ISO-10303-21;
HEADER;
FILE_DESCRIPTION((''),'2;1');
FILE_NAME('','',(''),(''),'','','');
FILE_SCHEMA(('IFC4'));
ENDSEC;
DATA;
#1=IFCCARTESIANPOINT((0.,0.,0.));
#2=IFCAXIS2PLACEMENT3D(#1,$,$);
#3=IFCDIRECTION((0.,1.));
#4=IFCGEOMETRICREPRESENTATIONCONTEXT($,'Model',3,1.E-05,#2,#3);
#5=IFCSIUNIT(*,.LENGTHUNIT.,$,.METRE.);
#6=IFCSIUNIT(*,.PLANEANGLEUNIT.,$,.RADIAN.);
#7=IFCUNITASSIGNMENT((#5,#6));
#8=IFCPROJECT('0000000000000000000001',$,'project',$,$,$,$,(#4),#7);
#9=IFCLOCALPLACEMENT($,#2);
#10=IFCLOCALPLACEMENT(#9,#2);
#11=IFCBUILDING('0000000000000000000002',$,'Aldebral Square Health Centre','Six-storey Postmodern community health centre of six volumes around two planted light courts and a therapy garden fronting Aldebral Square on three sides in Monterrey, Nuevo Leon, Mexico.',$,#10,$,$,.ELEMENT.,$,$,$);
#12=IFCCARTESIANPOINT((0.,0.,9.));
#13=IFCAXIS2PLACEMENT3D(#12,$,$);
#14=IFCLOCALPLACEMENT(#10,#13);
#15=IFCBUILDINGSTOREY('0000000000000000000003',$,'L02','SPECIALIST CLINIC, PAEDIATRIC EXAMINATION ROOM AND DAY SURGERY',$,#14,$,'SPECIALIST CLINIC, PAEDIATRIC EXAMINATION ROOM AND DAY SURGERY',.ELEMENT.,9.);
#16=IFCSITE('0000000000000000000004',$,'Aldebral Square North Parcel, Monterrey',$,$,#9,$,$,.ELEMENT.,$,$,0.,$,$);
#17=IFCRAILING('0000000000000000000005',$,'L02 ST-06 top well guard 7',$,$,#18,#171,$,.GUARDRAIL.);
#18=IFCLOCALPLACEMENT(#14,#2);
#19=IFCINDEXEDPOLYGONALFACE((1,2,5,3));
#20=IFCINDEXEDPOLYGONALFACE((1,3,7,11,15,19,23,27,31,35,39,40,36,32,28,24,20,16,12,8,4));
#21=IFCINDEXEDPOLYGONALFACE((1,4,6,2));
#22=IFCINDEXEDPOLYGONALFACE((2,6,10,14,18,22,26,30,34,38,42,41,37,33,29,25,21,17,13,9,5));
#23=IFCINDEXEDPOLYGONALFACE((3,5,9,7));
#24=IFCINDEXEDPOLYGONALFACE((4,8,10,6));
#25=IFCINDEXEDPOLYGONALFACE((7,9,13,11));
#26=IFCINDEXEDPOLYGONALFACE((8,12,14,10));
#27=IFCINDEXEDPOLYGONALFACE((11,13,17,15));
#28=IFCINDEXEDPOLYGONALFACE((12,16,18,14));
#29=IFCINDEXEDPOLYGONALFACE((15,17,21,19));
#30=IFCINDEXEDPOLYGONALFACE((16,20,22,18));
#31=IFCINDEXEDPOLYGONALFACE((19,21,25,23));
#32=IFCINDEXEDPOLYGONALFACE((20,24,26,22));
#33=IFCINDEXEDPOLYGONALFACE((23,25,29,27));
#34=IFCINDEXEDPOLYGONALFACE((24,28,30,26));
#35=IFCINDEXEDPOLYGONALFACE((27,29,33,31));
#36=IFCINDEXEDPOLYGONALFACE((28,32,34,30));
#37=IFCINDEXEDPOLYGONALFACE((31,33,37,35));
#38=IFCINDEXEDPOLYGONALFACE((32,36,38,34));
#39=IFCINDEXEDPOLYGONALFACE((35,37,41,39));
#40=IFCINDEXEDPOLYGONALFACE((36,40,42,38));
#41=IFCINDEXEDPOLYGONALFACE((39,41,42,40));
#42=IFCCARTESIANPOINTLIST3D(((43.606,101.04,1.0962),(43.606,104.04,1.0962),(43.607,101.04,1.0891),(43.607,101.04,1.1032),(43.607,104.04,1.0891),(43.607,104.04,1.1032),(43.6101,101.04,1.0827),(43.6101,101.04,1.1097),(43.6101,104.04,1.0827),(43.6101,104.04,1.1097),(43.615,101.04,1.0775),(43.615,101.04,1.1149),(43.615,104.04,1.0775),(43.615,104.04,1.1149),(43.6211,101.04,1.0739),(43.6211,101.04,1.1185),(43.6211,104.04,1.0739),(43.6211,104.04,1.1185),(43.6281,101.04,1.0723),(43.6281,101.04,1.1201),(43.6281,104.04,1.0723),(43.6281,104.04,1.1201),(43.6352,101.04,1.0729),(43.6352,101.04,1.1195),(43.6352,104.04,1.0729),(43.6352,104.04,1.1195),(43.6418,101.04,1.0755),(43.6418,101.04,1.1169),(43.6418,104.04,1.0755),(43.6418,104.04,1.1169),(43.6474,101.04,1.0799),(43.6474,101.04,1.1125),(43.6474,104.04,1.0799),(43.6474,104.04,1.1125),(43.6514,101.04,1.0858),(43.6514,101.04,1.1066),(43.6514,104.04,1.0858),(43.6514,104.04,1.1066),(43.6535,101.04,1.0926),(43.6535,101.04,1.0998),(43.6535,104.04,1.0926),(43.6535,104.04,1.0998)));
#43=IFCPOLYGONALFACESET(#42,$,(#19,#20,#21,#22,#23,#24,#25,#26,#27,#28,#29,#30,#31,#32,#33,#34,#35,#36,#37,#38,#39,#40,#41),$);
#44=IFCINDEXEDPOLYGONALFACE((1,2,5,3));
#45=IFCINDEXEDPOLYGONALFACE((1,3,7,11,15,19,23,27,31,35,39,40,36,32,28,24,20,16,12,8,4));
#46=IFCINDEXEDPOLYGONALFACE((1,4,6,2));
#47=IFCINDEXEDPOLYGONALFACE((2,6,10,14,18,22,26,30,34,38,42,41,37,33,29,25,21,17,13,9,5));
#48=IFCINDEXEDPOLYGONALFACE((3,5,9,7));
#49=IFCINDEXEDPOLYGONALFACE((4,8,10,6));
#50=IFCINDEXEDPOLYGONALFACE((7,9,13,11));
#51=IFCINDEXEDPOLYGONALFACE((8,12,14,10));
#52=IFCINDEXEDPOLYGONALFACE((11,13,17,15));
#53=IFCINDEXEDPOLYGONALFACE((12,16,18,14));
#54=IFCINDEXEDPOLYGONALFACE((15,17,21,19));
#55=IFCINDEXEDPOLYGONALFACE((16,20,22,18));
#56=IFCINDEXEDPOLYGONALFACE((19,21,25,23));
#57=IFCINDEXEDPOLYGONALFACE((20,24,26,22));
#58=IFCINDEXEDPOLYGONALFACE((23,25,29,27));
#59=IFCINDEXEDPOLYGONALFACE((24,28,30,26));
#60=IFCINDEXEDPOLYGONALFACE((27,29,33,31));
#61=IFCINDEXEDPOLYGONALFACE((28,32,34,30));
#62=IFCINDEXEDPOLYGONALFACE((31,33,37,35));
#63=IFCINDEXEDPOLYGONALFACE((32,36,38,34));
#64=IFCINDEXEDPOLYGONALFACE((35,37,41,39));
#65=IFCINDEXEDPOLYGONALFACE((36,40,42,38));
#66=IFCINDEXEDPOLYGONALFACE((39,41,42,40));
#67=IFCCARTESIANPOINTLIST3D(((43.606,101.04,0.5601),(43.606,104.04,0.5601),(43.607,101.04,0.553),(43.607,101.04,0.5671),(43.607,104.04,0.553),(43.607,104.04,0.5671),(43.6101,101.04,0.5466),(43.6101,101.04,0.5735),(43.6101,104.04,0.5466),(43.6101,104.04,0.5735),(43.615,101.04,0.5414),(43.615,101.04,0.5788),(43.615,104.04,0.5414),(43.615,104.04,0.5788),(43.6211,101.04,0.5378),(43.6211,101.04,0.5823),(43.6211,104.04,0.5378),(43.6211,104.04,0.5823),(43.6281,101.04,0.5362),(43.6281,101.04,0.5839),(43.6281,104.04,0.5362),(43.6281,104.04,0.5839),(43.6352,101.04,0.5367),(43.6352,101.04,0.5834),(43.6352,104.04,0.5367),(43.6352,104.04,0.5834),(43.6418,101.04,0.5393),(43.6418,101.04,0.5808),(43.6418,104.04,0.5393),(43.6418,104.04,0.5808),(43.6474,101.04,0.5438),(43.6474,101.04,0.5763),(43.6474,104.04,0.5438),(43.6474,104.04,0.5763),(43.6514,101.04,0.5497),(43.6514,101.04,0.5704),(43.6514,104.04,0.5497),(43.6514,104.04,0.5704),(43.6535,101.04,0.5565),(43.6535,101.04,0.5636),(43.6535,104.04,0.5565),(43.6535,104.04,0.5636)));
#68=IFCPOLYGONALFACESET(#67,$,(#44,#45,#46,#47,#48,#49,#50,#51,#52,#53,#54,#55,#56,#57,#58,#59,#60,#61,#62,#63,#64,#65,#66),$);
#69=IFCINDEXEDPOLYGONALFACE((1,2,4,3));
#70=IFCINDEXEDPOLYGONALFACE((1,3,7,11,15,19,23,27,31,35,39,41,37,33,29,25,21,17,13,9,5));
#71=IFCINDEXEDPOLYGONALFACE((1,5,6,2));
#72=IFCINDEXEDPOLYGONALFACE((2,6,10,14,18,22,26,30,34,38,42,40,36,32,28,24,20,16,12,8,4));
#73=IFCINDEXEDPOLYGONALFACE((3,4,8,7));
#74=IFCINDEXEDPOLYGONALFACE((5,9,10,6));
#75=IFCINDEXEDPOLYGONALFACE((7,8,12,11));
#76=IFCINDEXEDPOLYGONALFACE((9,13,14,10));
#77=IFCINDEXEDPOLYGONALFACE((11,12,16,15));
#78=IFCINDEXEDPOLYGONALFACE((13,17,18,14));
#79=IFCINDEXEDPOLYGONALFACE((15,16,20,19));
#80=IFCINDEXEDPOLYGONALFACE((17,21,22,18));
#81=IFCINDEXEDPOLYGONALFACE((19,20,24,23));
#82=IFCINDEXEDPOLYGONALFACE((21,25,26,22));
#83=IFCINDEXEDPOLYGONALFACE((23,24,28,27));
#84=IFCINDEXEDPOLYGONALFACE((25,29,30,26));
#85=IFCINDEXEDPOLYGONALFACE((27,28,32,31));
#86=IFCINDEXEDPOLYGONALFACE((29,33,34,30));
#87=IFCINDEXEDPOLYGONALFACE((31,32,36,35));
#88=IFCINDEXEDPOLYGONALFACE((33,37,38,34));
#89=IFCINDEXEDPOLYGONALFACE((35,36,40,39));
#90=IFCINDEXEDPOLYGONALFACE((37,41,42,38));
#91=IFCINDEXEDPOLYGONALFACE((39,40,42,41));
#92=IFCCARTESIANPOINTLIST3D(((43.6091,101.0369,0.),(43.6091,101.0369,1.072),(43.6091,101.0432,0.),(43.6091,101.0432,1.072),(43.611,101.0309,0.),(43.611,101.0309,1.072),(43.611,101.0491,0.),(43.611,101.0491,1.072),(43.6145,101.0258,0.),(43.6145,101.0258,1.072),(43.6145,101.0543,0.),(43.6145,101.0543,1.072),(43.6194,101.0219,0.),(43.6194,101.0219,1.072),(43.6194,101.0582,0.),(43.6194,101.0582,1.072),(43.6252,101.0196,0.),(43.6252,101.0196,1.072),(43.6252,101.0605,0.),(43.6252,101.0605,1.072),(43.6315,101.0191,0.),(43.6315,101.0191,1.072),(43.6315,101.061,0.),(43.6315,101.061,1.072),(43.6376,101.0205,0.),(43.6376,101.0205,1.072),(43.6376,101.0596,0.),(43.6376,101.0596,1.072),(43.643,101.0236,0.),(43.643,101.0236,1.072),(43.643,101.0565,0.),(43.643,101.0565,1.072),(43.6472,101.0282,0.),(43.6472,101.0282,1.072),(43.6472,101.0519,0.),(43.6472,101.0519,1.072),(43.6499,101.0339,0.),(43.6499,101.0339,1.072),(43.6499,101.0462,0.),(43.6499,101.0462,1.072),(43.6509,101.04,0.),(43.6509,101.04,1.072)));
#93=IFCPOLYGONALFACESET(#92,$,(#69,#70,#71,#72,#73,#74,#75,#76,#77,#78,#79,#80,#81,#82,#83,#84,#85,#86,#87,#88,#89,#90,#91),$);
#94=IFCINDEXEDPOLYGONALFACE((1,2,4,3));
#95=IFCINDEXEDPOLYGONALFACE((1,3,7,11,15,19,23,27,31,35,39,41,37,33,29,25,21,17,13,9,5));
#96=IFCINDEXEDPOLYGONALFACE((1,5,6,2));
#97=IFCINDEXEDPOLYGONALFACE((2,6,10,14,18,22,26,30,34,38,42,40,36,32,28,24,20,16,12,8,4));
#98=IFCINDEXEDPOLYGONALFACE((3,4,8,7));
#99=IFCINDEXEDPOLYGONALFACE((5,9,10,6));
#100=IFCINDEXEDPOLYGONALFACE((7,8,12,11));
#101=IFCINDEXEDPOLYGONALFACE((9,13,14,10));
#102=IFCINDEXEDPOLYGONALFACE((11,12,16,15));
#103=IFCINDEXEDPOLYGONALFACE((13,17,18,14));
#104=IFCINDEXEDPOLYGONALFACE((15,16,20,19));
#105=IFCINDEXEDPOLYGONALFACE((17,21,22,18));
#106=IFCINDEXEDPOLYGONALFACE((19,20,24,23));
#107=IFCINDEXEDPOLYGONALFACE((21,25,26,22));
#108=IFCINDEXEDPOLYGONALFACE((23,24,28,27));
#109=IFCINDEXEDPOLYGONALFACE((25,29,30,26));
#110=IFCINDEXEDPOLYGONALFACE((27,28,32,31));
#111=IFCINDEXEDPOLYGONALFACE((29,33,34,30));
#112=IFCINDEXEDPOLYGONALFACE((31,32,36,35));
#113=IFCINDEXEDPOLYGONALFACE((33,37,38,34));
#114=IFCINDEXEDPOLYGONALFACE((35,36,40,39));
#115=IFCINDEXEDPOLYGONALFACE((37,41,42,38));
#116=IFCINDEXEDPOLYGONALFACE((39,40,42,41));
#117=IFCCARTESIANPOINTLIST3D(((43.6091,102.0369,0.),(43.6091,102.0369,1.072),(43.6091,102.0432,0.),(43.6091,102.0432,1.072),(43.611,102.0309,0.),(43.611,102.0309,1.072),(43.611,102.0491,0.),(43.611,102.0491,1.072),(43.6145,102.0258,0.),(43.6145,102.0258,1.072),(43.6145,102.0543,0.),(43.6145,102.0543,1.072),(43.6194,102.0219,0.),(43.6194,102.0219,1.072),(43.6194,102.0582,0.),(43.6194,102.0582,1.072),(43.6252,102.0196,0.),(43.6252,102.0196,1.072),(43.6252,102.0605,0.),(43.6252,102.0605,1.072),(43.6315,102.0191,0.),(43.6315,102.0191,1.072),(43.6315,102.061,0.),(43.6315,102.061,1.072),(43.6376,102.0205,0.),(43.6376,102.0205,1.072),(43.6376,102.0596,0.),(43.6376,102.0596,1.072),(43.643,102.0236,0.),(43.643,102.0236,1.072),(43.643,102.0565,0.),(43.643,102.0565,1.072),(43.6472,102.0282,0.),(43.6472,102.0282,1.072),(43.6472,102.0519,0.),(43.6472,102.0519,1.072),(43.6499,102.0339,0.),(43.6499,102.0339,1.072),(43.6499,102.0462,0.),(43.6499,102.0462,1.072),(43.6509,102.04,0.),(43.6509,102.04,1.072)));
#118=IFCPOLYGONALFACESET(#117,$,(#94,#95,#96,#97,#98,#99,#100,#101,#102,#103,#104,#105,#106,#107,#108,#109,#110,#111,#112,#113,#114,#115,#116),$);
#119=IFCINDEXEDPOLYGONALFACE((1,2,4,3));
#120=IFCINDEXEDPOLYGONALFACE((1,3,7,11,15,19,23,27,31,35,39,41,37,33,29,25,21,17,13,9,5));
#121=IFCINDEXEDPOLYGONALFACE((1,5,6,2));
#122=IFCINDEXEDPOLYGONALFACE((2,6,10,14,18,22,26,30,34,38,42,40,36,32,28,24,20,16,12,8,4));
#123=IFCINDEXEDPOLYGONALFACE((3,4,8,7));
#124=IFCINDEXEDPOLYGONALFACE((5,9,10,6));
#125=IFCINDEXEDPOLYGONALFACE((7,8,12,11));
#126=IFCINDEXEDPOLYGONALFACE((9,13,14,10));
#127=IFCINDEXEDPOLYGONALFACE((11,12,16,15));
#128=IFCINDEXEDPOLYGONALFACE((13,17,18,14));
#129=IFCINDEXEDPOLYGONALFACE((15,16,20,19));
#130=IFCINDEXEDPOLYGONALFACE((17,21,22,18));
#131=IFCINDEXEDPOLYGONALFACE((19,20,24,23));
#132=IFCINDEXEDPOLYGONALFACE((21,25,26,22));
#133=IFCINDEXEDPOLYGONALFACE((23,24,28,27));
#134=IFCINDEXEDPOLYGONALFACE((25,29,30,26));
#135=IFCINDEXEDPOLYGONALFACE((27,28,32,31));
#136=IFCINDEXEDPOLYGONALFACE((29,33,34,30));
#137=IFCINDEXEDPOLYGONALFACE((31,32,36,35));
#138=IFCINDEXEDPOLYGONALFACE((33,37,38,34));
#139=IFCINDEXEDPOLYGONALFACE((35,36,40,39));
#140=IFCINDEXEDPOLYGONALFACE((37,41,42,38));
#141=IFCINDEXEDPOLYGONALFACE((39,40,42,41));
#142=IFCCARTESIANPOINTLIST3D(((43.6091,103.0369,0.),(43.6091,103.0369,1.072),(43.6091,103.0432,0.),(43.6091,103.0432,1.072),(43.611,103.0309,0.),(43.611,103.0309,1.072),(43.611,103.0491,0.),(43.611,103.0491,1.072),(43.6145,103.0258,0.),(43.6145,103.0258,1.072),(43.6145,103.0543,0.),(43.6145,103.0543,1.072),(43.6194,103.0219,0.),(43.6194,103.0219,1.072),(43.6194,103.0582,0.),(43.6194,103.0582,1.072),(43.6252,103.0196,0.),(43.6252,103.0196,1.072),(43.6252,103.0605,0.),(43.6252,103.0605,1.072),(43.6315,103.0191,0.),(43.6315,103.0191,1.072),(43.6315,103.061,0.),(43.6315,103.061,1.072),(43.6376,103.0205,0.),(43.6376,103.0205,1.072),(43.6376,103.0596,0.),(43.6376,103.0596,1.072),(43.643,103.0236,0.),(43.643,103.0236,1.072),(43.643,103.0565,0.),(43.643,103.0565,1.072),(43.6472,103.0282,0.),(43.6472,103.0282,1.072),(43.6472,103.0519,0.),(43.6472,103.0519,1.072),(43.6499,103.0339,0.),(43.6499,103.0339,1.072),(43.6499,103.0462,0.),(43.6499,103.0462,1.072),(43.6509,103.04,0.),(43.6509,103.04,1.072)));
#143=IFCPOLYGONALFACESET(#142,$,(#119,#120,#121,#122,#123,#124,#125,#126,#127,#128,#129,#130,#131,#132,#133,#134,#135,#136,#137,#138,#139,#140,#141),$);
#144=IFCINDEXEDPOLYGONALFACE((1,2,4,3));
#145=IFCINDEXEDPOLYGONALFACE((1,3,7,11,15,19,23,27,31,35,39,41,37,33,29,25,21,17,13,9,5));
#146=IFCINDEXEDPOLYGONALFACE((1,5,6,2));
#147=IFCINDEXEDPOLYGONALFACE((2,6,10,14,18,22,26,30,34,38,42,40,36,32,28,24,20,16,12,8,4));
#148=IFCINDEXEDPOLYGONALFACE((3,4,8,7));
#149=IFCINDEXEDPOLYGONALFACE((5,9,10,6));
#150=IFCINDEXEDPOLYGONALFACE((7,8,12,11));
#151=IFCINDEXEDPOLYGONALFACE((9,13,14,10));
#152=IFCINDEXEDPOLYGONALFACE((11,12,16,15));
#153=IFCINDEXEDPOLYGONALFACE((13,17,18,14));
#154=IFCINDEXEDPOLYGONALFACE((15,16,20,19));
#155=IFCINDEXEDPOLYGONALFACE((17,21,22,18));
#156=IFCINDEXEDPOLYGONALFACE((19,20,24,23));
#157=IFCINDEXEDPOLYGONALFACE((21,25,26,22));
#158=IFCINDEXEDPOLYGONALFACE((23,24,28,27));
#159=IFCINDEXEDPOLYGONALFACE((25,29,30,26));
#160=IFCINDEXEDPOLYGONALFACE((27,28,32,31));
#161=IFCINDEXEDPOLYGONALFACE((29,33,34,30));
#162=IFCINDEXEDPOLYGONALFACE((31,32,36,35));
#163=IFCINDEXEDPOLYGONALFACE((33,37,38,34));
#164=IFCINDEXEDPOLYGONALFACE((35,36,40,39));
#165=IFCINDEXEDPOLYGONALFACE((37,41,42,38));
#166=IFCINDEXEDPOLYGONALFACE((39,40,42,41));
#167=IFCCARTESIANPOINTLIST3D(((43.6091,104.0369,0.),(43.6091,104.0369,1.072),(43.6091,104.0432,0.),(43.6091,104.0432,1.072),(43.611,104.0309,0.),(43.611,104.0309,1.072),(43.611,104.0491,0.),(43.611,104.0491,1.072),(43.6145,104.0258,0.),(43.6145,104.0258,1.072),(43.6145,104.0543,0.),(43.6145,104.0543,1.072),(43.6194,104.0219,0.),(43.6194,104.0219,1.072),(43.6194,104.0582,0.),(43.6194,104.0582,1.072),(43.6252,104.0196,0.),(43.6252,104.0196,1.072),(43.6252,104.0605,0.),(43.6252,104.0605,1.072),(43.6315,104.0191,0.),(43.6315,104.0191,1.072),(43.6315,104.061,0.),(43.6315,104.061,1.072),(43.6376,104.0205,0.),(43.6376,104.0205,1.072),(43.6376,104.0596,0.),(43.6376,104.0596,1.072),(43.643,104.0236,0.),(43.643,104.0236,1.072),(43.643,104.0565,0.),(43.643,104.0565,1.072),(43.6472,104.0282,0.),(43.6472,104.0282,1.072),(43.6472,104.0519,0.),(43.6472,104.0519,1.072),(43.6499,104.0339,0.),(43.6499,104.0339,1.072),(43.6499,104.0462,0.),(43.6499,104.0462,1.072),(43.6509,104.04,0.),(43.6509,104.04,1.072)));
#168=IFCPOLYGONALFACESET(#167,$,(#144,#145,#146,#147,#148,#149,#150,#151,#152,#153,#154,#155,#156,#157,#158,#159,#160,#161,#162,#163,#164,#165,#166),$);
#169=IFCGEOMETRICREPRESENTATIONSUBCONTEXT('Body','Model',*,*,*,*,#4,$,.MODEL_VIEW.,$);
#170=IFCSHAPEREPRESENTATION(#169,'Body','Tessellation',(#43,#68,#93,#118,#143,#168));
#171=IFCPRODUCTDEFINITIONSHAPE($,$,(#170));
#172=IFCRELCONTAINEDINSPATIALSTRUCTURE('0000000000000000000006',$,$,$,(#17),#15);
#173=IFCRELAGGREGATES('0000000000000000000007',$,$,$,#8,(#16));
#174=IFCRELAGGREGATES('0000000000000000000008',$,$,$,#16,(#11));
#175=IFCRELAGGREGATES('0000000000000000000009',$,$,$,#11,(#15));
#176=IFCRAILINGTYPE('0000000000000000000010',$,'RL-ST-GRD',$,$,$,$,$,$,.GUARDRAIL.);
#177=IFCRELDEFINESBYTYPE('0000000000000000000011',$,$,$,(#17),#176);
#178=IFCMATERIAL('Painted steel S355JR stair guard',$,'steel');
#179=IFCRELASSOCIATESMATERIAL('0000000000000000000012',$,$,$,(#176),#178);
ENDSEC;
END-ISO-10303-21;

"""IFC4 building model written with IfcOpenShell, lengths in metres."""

from ifc_helpers import new_model, si_unit, direction, frame, origin, origin_2d, place, context, subcontext, project, spatial, circle, extrude, material, type_object, element, save


model = new_model("IFC4")

# Units and contexts
model_context = context("Model", 3, precision=1e-05, world=origin(), true_north=direction((0.0, 1.0)))
body_context = subcontext(model_context, "Body", "Model", "MODEL_VIEW")
ifc_project = project(units=[si_unit("LENGTHUNIT", "METRE"), si_unit("PLANEANGLEUNIT", "RADIAN")], contexts=[model_context])

# Site, building, storey
site_placement = place(None, origin())
site = spatial("IfcSite", under=ifc_project, at=site_placement, Name="Aldebral Square North Parcel, Monterrey", CompositionType="ELEMENT", RefElevation=0.0)
building_placement = place(site_placement, origin())
building = spatial("IfcBuilding", under=site, at=building_placement, Name="Aldebral Square Health Centre", Description="Six-storey Postmodern community health centre of six volumes around two planted light courts and a therapy garden fronting Aldebral Square on three sides in Monterrey, Nuevo Leon, Mexico.", CompositionType="ELEMENT")
storey_placement = place(building_placement, frame((0.0, 0.0, 9.0)))
storey = spatial("IfcBuildingStorey", under=building, at=storey_placement, Name="L02", Description="SPECIALIST CLINIC, PAEDIATRIC EXAMINATION ROOM AND DAY SURGERY", LongName="SPECIALIST CLINIC, PAEDIATRIC EXAMINATION ROOM AND DAY SURGERY", CompositionType="ELEMENT", Elevation=9.0)

# Railing
ifc_material_1 = material(Name="Painted steel S355JR stair guard", Category="steel")
railing_type = type_object("IfcRailingType", Name="RL-ST-GRD", PredefinedType="GUARDRAIL", material=ifc_material_1)
railing_1_placement = place(storey_placement, frame((43.6299, 101.04, 0.0)))
element("IfcRailing", 1, at=railing_1_placement, inside=storey, type_object=railing_type, Name="L02 ST-06 top well guard 7", PredefinedType="GUARDRAIL", context=body_context, shape_type="SweptSolid", body=[
    extrude(circle(Radius=0.0239, at=origin_2d()), frame((0.0, 0.0, 1.0962), z_axis=(0.0, 1.0, 0.0), x_axis=(-1.0, 0.0, 0.0)), (0.0, 0.0, 1.0), 3.0),
    extrude(circle(Radius=0.0239, at=origin_2d()), frame((0.0, 0.0, 0.5601), z_axis=(0.0, 1.0, 0.0), x_axis=(-1.0, 0.0, 0.0)), (0.0, 0.0, 1.0), 3.0),
    extrude(circle(Radius=0.021, at=origin_2d()), origin(), (0.0, 0.0, 1.0), 1.072),
    extrude(circle(Radius=0.021, at=origin_2d()), frame((0.0, 1.0, 0.0)), (0.0, 0.0, 1.0), 1.072),
    extrude(circle(Radius=0.021, at=origin_2d()), frame((0.0, 2.0, 0.0)), (0.0, 0.0, 1.0), 1.072),
    extrude(circle(Radius=0.021, at=origin_2d()), frame((0.0, 3.0, 0.0)), (0.0, 0.0, 1.0), 1.072),
])

save(model, "model.ifc")
